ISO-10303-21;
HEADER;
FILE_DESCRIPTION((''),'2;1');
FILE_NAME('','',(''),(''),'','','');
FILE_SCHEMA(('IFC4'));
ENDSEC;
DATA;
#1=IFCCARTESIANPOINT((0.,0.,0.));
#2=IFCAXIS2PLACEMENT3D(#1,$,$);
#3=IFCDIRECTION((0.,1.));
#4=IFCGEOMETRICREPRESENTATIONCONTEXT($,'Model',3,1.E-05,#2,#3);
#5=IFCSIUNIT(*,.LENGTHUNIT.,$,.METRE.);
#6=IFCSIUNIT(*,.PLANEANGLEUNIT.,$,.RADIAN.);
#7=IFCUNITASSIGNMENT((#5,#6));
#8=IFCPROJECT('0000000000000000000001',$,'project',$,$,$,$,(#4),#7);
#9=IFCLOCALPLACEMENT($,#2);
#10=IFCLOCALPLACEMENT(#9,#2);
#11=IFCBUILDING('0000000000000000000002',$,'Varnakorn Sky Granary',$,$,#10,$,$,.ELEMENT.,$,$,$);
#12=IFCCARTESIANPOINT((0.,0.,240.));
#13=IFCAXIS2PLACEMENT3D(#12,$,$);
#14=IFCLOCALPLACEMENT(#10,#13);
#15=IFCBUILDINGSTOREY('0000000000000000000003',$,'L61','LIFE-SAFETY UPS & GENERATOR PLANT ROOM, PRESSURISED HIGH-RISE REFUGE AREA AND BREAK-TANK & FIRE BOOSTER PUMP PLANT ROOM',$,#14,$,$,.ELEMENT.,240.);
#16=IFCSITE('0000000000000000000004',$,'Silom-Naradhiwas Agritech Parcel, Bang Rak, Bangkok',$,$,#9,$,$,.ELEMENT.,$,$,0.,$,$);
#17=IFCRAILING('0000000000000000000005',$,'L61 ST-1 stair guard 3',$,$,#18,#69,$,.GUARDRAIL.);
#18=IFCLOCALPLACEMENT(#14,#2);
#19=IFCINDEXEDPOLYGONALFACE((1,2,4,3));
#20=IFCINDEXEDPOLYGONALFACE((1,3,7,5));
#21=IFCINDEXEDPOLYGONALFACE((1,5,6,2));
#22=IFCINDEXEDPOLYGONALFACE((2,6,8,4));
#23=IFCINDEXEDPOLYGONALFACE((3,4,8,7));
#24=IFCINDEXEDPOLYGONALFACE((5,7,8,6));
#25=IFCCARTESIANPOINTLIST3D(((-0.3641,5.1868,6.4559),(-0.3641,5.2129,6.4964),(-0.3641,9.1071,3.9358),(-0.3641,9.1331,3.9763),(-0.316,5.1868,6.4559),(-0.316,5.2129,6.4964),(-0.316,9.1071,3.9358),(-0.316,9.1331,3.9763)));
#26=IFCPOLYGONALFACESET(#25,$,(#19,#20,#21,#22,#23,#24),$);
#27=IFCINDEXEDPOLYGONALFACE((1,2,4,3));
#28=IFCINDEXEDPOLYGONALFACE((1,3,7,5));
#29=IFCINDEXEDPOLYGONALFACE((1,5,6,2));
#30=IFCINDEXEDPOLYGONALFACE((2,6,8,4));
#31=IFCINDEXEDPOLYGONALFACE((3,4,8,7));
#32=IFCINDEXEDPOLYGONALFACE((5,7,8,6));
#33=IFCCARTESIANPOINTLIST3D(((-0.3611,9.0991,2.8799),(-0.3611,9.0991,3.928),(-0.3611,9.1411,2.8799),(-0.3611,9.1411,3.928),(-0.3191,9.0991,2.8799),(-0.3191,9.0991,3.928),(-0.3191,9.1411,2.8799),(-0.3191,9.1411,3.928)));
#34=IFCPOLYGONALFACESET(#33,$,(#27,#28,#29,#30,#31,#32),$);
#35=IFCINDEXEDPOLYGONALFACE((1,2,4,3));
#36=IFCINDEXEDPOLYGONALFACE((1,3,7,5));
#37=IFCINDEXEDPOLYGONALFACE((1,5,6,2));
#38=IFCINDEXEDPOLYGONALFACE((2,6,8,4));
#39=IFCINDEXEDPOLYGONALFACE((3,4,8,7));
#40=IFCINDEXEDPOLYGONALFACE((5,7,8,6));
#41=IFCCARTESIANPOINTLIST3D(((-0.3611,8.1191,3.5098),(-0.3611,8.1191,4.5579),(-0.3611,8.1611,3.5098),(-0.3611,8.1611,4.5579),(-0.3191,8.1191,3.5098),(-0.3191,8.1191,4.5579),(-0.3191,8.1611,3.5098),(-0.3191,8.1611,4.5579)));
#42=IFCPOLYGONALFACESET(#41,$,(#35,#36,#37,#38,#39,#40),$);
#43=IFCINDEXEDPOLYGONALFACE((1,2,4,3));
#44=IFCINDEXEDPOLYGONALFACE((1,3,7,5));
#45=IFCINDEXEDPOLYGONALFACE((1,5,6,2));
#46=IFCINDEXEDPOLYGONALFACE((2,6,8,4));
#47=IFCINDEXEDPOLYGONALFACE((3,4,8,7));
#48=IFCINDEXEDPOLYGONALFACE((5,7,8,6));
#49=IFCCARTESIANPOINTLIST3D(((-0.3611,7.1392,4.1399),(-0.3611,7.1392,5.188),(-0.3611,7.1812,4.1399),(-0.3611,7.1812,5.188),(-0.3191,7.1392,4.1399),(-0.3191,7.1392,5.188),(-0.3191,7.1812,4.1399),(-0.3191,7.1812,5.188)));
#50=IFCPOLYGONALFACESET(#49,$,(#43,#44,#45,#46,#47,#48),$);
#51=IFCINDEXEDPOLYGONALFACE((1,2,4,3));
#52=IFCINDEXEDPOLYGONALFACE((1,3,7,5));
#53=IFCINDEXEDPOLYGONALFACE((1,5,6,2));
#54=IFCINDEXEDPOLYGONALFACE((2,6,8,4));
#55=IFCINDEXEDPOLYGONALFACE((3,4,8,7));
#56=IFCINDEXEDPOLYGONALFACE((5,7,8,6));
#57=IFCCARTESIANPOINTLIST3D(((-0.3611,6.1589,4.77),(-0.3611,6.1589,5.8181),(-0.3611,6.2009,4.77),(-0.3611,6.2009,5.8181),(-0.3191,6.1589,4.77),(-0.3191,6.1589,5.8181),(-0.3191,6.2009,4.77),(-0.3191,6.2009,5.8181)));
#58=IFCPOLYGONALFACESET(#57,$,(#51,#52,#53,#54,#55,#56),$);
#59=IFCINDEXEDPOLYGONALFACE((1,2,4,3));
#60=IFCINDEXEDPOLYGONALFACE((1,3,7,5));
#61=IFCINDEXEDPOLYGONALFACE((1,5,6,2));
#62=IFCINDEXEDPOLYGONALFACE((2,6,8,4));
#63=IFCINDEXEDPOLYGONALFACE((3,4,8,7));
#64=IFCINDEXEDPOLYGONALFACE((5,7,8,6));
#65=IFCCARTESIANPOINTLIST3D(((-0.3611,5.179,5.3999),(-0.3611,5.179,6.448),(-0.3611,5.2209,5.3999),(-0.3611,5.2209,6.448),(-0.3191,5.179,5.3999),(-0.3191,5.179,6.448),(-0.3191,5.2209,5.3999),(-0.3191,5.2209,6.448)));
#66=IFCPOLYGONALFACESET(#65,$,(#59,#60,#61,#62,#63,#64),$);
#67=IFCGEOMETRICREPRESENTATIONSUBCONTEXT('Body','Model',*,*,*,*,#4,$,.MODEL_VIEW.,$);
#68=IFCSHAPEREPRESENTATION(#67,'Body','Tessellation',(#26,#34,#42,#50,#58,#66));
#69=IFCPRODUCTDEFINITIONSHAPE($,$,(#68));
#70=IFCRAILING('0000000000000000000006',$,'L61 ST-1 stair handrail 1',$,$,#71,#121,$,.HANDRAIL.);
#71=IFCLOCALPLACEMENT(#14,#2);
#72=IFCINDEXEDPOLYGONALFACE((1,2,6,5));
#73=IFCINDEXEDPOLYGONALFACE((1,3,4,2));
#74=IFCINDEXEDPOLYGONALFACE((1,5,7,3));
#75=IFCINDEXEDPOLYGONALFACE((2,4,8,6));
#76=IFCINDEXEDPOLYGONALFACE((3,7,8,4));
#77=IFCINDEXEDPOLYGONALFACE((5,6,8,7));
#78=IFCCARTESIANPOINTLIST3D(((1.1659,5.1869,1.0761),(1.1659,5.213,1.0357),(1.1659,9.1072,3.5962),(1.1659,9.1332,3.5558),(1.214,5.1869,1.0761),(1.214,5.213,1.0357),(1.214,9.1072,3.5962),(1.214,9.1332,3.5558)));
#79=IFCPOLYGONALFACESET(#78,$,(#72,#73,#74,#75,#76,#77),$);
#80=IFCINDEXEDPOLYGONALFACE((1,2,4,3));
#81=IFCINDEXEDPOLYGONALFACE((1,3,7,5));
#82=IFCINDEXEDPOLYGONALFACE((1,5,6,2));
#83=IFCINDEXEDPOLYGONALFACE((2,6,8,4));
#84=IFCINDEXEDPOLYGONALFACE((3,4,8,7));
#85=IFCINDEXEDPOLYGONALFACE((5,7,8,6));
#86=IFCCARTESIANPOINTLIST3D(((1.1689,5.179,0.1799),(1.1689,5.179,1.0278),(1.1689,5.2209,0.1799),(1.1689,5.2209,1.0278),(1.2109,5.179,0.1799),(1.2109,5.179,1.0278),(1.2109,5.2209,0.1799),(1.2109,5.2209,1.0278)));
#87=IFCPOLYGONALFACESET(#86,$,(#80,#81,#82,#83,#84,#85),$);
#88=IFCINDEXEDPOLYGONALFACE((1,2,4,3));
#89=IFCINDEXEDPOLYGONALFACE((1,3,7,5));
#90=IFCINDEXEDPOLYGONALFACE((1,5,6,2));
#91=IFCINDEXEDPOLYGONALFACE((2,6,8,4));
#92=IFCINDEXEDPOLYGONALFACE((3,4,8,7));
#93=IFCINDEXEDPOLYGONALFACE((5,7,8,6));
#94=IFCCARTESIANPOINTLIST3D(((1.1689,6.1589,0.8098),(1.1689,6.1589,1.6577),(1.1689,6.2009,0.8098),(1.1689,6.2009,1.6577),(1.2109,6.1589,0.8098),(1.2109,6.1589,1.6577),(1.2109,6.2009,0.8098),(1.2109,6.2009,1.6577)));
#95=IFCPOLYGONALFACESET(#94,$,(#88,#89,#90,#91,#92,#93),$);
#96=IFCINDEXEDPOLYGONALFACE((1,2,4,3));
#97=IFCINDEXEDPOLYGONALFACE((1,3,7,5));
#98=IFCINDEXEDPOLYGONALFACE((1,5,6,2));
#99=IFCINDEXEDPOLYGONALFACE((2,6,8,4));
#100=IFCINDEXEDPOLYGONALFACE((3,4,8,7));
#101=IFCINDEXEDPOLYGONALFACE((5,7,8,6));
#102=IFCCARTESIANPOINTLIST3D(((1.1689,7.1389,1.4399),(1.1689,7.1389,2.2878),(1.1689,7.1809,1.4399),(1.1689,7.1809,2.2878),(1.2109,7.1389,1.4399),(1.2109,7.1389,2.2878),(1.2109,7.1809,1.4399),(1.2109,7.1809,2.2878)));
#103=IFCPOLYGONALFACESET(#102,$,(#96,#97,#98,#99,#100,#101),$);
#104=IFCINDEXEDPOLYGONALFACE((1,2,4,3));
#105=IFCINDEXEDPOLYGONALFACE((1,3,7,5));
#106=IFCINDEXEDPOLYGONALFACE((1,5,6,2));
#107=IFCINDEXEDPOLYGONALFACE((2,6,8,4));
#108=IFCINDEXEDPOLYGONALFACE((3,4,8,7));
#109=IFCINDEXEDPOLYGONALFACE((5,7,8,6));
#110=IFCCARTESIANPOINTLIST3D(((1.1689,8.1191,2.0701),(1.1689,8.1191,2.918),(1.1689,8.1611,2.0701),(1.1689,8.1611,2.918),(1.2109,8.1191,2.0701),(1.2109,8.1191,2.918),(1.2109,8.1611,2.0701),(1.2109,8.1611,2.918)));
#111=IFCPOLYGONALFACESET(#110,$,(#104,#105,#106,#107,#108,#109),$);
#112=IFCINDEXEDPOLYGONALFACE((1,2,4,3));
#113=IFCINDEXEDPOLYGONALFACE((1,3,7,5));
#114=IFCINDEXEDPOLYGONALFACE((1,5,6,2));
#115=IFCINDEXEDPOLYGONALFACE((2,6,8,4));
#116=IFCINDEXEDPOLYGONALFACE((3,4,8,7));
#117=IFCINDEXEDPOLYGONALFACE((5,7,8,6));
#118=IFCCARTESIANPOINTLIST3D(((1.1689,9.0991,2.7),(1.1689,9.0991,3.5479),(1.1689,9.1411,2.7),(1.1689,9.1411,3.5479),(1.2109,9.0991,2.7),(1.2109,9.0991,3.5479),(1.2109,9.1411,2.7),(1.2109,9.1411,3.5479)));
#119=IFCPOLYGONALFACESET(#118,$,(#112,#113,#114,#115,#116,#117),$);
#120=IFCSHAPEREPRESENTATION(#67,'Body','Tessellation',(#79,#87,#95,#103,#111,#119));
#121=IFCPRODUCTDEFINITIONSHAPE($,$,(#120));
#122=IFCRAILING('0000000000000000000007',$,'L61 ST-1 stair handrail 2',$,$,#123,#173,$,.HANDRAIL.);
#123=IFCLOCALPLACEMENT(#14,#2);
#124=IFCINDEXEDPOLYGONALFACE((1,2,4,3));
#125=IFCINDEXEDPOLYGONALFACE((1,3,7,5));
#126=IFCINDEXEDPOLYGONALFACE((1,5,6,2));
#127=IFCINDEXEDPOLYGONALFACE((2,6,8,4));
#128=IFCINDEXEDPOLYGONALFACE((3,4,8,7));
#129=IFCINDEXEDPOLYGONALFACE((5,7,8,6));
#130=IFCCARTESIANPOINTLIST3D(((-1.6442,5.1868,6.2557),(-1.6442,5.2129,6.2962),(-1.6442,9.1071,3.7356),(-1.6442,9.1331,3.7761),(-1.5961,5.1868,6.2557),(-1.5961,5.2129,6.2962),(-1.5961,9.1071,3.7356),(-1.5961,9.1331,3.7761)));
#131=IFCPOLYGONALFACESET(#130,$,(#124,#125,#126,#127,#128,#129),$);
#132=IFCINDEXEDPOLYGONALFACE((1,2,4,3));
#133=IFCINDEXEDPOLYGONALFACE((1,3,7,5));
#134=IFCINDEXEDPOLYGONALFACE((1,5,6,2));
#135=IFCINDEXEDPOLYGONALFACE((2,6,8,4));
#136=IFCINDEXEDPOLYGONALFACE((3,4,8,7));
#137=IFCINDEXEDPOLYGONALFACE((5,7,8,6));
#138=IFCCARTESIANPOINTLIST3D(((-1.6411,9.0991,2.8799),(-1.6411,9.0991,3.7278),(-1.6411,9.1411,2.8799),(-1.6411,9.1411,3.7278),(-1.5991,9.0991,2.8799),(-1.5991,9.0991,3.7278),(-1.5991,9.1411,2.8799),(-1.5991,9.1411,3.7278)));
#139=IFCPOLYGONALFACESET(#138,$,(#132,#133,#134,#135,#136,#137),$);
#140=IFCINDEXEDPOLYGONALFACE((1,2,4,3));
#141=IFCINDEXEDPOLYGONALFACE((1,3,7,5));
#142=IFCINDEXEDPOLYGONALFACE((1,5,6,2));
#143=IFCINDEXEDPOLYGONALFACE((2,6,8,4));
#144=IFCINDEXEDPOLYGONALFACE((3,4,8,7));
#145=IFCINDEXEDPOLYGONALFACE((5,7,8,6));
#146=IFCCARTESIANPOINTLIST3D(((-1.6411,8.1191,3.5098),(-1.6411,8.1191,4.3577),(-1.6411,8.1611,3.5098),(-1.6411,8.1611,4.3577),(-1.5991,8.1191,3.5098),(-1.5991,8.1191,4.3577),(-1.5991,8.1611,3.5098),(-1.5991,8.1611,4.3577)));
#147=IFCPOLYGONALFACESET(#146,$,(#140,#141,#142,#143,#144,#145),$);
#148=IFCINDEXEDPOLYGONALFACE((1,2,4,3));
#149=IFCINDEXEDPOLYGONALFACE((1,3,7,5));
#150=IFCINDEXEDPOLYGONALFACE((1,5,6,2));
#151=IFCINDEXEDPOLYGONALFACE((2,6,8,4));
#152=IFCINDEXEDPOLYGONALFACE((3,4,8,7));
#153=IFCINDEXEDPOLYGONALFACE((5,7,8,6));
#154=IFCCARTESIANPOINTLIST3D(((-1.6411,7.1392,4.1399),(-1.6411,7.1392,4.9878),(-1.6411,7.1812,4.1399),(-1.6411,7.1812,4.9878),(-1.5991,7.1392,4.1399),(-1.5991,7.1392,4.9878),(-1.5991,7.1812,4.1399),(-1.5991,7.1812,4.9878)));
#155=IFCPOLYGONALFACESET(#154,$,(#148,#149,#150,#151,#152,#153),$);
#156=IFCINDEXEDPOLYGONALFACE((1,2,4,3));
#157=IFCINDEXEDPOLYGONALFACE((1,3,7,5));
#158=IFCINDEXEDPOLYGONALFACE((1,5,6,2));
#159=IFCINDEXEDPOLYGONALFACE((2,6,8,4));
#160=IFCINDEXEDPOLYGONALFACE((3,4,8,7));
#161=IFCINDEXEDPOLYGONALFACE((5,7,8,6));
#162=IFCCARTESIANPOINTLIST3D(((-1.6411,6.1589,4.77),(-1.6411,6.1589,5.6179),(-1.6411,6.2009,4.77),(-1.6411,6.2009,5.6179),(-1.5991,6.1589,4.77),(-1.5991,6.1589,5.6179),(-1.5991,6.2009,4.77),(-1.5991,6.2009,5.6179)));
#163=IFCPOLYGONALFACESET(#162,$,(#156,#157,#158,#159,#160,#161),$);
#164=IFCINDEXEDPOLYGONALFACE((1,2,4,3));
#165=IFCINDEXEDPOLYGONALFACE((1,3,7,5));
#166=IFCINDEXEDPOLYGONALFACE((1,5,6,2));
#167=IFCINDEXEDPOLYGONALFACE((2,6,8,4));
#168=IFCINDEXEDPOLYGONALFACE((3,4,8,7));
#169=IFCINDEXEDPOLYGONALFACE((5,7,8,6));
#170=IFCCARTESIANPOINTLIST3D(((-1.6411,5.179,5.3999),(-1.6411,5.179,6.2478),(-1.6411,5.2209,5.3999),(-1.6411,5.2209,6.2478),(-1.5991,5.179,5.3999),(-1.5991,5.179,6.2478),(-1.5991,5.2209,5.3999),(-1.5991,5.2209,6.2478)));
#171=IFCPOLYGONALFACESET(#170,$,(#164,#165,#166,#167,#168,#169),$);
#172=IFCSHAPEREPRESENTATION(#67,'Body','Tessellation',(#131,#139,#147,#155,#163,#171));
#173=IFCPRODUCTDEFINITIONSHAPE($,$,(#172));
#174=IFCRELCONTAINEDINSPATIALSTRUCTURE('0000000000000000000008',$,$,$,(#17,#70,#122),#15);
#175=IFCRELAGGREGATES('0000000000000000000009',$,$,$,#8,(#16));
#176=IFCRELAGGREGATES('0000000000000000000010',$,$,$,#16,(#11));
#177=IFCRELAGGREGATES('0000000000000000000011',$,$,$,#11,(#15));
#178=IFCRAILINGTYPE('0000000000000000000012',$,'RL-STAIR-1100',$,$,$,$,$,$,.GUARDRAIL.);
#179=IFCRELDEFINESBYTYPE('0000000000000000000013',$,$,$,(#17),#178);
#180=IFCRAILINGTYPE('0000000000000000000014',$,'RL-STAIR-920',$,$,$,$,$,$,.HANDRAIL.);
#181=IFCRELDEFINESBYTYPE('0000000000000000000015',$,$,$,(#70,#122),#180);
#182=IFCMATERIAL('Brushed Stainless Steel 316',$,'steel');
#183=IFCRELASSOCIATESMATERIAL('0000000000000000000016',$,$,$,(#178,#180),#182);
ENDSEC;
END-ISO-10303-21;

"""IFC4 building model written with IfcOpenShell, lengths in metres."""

from ifc_helpers import new_model, si_unit, direction, frame, origin, origin_2d, place, context, subcontext, project, spatial, rectangle, extrude, material, type_object, element, save


model = new_model("IFC4")

# Units and contexts
model_context = context("Model", 3, precision=1e-05, world=origin(), true_north=direction((0.0, 1.0)))
body_context = subcontext(model_context, "Body", "Model", "MODEL_VIEW")
ifc_project = project(units=[si_unit("LENGTHUNIT", "METRE"), si_unit("PLANEANGLEUNIT", "RADIAN")], contexts=[model_context])

# Site, building, storey
site_placement = place(None, origin())
site = spatial("IfcSite", under=ifc_project, at=site_placement, Name="Silom-Naradhiwas Agritech Parcel, Bang Rak, Bangkok", CompositionType="ELEMENT", RefElevation=0.0)
building_placement = place(site_placement, origin())
building = spatial("IfcBuilding", under=site, at=building_placement, Name="Varnakorn Sky Granary", CompositionType="ELEMENT")
storey_placement = place(building_placement, frame((0.0, 0.0, 240.0)))
storey = spatial("IfcBuildingStorey", under=building, at=storey_placement, Name="L61", Description="LIFE-SAFETY UPS & GENERATOR PLANT ROOM, PRESSURISED HIGH-RISE REFUGE AREA AND BREAK-TANK & FIRE BOOSTER PUMP PLANT ROOM", CompositionType="ELEMENT", Elevation=240.0)

# Railings
ifc_material_1 = material(Name="Brushed Stainless Steel 316", Category="steel")
railing_type_1 = type_object("IfcRailingType", Name="RL-STAIR-1100", PredefinedType="GUARDRAIL", material=ifc_material_1)
railing_1_placement = place(storey_placement, frame((-0.3401, 9.1201, 2.8799)))
element("IfcRailing", 1, at=railing_1_placement, inside=storey, type_object=railing_type_1, Name="L61 ST-1 stair guard 3", PredefinedType="GUARDRAIL", context=body_context, shape_type="SweptSolid", body=[
    extrude(rectangle(XDim=0.0481, YDim=0.0481, at=origin_2d()), frame((0.0, 0.0, 1.0762), z_axis=(0.0, -0.841187, 0.540744), x_axis=(1.0, 0.0, 0.0)), (0.0, 0.0, 1.0), 4.6604),
    extrude(rectangle(XDim=0.042, YDim=0.042, at=origin_2d()), origin(), (0.0, 0.0, 1.0), 1.0481),
    extrude(rectangle(XDim=0.042, YDim=0.042, at=origin_2d()), frame((0.0, -0.98, 0.6299)), (0.0, 0.0, 1.0), 1.0481),
    extrude(rectangle(XDim=0.042, YDim=0.042, at=origin_2d()), frame((0.0, -1.96, 1.26)), (0.0, 0.0, 1.0), 1.0481),
    extrude(rectangle(XDim=0.042, YDim=0.042, at=origin_2d()), frame((0.0, -2.9402, 1.8901)), (0.0, 0.0, 1.0), 1.0481),
    extrude(rectangle(XDim=0.042, YDim=0.042, at=origin_2d()), frame((0.0, -3.9202, 2.52)), (0.0, 0.0, 1.0), 1.0481),
])
railing_type_2 = type_object("IfcRailingType", Name="RL-STAIR-920", PredefinedType="HANDRAIL", material=ifc_material_1)
railing_2_placement = place(storey_placement, frame((1.1899, 5.2, 0.1799)))
element("IfcRailing", 2, at=railing_2_placement, inside=storey, type_object=railing_type_2, Name="L61 ST-1 stair handrail 1", PredefinedType="HANDRAIL", context=body_context, shape_type="SweptSolid", body=[
    extrude(rectangle(XDim=0.0481, YDim=0.0481, at=origin_2d()), frame((0.0, 0.0, 0.876), z_axis=(0.0, 0.841187, 0.540744), x_axis=(-1.0, 0.0, 0.0)), (0.0, 0.0, 1.0), 4.6604),
    extrude(rectangle(XDim=0.042, YDim=0.042, at=origin_2d()), origin(), (0.0, 0.0, 1.0), 0.8479),
    extrude(rectangle(XDim=0.042, YDim=0.042, at=origin_2d()), frame((0.0, 0.98, 0.6299)), (0.0, 0.0, 1.0), 0.8479),
    extrude(rectangle(XDim=0.042, YDim=0.042, at=origin_2d()), frame((0.0, 1.96, 1.26)), (0.0, 0.0, 1.0), 0.8479),
    extrude(rectangle(XDim=0.042, YDim=0.042, at=origin_2d()), frame((0.0, 2.9402, 1.8901)), (0.0, 0.0, 1.0), 0.8479),
    extrude(rectangle(XDim=0.042, YDim=0.042, at=origin_2d()), frame((0.0, 3.9202, 2.52)), (0.0, 0.0, 1.0), 0.8479),
])
railing_3_placement = place(storey_placement, frame((-1.6201, 9.1201, 2.8799)))
element("IfcRailing", 3, at=railing_3_placement, inside=storey, type_object=railing_type_2, Name="L61 ST-1 stair handrail 2", PredefinedType="HANDRAIL", context=body_context, shape_type="SweptSolid", body=[
    extrude(rectangle(XDim=0.0481, YDim=0.0481, at=origin_2d()), frame((0.0, 0.0, 0.876), z_axis=(0.0, -0.841187, 0.540744), x_axis=(1.0, 0.0, 0.0)), (0.0, 0.0, 1.0), 4.6604),
    extrude(rectangle(XDim=0.042, YDim=0.042, at=origin_2d()), origin(), (0.0, 0.0, 1.0), 0.8479),
    extrude(rectangle(XDim=0.042, YDim=0.042, at=origin_2d()), frame((0.0, -0.98, 0.6299)), (0.0, 0.0, 1.0), 0.8479),
    extrude(rectangle(XDim=0.042, YDim=0.042, at=origin_2d()), frame((0.0, -1.96, 1.26)), (0.0, 0.0, 1.0), 0.8479),
    extrude(rectangle(XDim=0.042, YDim=0.042, at=origin_2d()), frame((0.0, -2.9402, 1.8901)), (0.0, 0.0, 1.0), 0.8479),
    extrude(rectangle(XDim=0.042, YDim=0.042, at=origin_2d()), frame((0.0, -3.9202, 2.52)), (0.0, 0.0, 1.0), 0.8479),
])

save(model, "model.ifc")
